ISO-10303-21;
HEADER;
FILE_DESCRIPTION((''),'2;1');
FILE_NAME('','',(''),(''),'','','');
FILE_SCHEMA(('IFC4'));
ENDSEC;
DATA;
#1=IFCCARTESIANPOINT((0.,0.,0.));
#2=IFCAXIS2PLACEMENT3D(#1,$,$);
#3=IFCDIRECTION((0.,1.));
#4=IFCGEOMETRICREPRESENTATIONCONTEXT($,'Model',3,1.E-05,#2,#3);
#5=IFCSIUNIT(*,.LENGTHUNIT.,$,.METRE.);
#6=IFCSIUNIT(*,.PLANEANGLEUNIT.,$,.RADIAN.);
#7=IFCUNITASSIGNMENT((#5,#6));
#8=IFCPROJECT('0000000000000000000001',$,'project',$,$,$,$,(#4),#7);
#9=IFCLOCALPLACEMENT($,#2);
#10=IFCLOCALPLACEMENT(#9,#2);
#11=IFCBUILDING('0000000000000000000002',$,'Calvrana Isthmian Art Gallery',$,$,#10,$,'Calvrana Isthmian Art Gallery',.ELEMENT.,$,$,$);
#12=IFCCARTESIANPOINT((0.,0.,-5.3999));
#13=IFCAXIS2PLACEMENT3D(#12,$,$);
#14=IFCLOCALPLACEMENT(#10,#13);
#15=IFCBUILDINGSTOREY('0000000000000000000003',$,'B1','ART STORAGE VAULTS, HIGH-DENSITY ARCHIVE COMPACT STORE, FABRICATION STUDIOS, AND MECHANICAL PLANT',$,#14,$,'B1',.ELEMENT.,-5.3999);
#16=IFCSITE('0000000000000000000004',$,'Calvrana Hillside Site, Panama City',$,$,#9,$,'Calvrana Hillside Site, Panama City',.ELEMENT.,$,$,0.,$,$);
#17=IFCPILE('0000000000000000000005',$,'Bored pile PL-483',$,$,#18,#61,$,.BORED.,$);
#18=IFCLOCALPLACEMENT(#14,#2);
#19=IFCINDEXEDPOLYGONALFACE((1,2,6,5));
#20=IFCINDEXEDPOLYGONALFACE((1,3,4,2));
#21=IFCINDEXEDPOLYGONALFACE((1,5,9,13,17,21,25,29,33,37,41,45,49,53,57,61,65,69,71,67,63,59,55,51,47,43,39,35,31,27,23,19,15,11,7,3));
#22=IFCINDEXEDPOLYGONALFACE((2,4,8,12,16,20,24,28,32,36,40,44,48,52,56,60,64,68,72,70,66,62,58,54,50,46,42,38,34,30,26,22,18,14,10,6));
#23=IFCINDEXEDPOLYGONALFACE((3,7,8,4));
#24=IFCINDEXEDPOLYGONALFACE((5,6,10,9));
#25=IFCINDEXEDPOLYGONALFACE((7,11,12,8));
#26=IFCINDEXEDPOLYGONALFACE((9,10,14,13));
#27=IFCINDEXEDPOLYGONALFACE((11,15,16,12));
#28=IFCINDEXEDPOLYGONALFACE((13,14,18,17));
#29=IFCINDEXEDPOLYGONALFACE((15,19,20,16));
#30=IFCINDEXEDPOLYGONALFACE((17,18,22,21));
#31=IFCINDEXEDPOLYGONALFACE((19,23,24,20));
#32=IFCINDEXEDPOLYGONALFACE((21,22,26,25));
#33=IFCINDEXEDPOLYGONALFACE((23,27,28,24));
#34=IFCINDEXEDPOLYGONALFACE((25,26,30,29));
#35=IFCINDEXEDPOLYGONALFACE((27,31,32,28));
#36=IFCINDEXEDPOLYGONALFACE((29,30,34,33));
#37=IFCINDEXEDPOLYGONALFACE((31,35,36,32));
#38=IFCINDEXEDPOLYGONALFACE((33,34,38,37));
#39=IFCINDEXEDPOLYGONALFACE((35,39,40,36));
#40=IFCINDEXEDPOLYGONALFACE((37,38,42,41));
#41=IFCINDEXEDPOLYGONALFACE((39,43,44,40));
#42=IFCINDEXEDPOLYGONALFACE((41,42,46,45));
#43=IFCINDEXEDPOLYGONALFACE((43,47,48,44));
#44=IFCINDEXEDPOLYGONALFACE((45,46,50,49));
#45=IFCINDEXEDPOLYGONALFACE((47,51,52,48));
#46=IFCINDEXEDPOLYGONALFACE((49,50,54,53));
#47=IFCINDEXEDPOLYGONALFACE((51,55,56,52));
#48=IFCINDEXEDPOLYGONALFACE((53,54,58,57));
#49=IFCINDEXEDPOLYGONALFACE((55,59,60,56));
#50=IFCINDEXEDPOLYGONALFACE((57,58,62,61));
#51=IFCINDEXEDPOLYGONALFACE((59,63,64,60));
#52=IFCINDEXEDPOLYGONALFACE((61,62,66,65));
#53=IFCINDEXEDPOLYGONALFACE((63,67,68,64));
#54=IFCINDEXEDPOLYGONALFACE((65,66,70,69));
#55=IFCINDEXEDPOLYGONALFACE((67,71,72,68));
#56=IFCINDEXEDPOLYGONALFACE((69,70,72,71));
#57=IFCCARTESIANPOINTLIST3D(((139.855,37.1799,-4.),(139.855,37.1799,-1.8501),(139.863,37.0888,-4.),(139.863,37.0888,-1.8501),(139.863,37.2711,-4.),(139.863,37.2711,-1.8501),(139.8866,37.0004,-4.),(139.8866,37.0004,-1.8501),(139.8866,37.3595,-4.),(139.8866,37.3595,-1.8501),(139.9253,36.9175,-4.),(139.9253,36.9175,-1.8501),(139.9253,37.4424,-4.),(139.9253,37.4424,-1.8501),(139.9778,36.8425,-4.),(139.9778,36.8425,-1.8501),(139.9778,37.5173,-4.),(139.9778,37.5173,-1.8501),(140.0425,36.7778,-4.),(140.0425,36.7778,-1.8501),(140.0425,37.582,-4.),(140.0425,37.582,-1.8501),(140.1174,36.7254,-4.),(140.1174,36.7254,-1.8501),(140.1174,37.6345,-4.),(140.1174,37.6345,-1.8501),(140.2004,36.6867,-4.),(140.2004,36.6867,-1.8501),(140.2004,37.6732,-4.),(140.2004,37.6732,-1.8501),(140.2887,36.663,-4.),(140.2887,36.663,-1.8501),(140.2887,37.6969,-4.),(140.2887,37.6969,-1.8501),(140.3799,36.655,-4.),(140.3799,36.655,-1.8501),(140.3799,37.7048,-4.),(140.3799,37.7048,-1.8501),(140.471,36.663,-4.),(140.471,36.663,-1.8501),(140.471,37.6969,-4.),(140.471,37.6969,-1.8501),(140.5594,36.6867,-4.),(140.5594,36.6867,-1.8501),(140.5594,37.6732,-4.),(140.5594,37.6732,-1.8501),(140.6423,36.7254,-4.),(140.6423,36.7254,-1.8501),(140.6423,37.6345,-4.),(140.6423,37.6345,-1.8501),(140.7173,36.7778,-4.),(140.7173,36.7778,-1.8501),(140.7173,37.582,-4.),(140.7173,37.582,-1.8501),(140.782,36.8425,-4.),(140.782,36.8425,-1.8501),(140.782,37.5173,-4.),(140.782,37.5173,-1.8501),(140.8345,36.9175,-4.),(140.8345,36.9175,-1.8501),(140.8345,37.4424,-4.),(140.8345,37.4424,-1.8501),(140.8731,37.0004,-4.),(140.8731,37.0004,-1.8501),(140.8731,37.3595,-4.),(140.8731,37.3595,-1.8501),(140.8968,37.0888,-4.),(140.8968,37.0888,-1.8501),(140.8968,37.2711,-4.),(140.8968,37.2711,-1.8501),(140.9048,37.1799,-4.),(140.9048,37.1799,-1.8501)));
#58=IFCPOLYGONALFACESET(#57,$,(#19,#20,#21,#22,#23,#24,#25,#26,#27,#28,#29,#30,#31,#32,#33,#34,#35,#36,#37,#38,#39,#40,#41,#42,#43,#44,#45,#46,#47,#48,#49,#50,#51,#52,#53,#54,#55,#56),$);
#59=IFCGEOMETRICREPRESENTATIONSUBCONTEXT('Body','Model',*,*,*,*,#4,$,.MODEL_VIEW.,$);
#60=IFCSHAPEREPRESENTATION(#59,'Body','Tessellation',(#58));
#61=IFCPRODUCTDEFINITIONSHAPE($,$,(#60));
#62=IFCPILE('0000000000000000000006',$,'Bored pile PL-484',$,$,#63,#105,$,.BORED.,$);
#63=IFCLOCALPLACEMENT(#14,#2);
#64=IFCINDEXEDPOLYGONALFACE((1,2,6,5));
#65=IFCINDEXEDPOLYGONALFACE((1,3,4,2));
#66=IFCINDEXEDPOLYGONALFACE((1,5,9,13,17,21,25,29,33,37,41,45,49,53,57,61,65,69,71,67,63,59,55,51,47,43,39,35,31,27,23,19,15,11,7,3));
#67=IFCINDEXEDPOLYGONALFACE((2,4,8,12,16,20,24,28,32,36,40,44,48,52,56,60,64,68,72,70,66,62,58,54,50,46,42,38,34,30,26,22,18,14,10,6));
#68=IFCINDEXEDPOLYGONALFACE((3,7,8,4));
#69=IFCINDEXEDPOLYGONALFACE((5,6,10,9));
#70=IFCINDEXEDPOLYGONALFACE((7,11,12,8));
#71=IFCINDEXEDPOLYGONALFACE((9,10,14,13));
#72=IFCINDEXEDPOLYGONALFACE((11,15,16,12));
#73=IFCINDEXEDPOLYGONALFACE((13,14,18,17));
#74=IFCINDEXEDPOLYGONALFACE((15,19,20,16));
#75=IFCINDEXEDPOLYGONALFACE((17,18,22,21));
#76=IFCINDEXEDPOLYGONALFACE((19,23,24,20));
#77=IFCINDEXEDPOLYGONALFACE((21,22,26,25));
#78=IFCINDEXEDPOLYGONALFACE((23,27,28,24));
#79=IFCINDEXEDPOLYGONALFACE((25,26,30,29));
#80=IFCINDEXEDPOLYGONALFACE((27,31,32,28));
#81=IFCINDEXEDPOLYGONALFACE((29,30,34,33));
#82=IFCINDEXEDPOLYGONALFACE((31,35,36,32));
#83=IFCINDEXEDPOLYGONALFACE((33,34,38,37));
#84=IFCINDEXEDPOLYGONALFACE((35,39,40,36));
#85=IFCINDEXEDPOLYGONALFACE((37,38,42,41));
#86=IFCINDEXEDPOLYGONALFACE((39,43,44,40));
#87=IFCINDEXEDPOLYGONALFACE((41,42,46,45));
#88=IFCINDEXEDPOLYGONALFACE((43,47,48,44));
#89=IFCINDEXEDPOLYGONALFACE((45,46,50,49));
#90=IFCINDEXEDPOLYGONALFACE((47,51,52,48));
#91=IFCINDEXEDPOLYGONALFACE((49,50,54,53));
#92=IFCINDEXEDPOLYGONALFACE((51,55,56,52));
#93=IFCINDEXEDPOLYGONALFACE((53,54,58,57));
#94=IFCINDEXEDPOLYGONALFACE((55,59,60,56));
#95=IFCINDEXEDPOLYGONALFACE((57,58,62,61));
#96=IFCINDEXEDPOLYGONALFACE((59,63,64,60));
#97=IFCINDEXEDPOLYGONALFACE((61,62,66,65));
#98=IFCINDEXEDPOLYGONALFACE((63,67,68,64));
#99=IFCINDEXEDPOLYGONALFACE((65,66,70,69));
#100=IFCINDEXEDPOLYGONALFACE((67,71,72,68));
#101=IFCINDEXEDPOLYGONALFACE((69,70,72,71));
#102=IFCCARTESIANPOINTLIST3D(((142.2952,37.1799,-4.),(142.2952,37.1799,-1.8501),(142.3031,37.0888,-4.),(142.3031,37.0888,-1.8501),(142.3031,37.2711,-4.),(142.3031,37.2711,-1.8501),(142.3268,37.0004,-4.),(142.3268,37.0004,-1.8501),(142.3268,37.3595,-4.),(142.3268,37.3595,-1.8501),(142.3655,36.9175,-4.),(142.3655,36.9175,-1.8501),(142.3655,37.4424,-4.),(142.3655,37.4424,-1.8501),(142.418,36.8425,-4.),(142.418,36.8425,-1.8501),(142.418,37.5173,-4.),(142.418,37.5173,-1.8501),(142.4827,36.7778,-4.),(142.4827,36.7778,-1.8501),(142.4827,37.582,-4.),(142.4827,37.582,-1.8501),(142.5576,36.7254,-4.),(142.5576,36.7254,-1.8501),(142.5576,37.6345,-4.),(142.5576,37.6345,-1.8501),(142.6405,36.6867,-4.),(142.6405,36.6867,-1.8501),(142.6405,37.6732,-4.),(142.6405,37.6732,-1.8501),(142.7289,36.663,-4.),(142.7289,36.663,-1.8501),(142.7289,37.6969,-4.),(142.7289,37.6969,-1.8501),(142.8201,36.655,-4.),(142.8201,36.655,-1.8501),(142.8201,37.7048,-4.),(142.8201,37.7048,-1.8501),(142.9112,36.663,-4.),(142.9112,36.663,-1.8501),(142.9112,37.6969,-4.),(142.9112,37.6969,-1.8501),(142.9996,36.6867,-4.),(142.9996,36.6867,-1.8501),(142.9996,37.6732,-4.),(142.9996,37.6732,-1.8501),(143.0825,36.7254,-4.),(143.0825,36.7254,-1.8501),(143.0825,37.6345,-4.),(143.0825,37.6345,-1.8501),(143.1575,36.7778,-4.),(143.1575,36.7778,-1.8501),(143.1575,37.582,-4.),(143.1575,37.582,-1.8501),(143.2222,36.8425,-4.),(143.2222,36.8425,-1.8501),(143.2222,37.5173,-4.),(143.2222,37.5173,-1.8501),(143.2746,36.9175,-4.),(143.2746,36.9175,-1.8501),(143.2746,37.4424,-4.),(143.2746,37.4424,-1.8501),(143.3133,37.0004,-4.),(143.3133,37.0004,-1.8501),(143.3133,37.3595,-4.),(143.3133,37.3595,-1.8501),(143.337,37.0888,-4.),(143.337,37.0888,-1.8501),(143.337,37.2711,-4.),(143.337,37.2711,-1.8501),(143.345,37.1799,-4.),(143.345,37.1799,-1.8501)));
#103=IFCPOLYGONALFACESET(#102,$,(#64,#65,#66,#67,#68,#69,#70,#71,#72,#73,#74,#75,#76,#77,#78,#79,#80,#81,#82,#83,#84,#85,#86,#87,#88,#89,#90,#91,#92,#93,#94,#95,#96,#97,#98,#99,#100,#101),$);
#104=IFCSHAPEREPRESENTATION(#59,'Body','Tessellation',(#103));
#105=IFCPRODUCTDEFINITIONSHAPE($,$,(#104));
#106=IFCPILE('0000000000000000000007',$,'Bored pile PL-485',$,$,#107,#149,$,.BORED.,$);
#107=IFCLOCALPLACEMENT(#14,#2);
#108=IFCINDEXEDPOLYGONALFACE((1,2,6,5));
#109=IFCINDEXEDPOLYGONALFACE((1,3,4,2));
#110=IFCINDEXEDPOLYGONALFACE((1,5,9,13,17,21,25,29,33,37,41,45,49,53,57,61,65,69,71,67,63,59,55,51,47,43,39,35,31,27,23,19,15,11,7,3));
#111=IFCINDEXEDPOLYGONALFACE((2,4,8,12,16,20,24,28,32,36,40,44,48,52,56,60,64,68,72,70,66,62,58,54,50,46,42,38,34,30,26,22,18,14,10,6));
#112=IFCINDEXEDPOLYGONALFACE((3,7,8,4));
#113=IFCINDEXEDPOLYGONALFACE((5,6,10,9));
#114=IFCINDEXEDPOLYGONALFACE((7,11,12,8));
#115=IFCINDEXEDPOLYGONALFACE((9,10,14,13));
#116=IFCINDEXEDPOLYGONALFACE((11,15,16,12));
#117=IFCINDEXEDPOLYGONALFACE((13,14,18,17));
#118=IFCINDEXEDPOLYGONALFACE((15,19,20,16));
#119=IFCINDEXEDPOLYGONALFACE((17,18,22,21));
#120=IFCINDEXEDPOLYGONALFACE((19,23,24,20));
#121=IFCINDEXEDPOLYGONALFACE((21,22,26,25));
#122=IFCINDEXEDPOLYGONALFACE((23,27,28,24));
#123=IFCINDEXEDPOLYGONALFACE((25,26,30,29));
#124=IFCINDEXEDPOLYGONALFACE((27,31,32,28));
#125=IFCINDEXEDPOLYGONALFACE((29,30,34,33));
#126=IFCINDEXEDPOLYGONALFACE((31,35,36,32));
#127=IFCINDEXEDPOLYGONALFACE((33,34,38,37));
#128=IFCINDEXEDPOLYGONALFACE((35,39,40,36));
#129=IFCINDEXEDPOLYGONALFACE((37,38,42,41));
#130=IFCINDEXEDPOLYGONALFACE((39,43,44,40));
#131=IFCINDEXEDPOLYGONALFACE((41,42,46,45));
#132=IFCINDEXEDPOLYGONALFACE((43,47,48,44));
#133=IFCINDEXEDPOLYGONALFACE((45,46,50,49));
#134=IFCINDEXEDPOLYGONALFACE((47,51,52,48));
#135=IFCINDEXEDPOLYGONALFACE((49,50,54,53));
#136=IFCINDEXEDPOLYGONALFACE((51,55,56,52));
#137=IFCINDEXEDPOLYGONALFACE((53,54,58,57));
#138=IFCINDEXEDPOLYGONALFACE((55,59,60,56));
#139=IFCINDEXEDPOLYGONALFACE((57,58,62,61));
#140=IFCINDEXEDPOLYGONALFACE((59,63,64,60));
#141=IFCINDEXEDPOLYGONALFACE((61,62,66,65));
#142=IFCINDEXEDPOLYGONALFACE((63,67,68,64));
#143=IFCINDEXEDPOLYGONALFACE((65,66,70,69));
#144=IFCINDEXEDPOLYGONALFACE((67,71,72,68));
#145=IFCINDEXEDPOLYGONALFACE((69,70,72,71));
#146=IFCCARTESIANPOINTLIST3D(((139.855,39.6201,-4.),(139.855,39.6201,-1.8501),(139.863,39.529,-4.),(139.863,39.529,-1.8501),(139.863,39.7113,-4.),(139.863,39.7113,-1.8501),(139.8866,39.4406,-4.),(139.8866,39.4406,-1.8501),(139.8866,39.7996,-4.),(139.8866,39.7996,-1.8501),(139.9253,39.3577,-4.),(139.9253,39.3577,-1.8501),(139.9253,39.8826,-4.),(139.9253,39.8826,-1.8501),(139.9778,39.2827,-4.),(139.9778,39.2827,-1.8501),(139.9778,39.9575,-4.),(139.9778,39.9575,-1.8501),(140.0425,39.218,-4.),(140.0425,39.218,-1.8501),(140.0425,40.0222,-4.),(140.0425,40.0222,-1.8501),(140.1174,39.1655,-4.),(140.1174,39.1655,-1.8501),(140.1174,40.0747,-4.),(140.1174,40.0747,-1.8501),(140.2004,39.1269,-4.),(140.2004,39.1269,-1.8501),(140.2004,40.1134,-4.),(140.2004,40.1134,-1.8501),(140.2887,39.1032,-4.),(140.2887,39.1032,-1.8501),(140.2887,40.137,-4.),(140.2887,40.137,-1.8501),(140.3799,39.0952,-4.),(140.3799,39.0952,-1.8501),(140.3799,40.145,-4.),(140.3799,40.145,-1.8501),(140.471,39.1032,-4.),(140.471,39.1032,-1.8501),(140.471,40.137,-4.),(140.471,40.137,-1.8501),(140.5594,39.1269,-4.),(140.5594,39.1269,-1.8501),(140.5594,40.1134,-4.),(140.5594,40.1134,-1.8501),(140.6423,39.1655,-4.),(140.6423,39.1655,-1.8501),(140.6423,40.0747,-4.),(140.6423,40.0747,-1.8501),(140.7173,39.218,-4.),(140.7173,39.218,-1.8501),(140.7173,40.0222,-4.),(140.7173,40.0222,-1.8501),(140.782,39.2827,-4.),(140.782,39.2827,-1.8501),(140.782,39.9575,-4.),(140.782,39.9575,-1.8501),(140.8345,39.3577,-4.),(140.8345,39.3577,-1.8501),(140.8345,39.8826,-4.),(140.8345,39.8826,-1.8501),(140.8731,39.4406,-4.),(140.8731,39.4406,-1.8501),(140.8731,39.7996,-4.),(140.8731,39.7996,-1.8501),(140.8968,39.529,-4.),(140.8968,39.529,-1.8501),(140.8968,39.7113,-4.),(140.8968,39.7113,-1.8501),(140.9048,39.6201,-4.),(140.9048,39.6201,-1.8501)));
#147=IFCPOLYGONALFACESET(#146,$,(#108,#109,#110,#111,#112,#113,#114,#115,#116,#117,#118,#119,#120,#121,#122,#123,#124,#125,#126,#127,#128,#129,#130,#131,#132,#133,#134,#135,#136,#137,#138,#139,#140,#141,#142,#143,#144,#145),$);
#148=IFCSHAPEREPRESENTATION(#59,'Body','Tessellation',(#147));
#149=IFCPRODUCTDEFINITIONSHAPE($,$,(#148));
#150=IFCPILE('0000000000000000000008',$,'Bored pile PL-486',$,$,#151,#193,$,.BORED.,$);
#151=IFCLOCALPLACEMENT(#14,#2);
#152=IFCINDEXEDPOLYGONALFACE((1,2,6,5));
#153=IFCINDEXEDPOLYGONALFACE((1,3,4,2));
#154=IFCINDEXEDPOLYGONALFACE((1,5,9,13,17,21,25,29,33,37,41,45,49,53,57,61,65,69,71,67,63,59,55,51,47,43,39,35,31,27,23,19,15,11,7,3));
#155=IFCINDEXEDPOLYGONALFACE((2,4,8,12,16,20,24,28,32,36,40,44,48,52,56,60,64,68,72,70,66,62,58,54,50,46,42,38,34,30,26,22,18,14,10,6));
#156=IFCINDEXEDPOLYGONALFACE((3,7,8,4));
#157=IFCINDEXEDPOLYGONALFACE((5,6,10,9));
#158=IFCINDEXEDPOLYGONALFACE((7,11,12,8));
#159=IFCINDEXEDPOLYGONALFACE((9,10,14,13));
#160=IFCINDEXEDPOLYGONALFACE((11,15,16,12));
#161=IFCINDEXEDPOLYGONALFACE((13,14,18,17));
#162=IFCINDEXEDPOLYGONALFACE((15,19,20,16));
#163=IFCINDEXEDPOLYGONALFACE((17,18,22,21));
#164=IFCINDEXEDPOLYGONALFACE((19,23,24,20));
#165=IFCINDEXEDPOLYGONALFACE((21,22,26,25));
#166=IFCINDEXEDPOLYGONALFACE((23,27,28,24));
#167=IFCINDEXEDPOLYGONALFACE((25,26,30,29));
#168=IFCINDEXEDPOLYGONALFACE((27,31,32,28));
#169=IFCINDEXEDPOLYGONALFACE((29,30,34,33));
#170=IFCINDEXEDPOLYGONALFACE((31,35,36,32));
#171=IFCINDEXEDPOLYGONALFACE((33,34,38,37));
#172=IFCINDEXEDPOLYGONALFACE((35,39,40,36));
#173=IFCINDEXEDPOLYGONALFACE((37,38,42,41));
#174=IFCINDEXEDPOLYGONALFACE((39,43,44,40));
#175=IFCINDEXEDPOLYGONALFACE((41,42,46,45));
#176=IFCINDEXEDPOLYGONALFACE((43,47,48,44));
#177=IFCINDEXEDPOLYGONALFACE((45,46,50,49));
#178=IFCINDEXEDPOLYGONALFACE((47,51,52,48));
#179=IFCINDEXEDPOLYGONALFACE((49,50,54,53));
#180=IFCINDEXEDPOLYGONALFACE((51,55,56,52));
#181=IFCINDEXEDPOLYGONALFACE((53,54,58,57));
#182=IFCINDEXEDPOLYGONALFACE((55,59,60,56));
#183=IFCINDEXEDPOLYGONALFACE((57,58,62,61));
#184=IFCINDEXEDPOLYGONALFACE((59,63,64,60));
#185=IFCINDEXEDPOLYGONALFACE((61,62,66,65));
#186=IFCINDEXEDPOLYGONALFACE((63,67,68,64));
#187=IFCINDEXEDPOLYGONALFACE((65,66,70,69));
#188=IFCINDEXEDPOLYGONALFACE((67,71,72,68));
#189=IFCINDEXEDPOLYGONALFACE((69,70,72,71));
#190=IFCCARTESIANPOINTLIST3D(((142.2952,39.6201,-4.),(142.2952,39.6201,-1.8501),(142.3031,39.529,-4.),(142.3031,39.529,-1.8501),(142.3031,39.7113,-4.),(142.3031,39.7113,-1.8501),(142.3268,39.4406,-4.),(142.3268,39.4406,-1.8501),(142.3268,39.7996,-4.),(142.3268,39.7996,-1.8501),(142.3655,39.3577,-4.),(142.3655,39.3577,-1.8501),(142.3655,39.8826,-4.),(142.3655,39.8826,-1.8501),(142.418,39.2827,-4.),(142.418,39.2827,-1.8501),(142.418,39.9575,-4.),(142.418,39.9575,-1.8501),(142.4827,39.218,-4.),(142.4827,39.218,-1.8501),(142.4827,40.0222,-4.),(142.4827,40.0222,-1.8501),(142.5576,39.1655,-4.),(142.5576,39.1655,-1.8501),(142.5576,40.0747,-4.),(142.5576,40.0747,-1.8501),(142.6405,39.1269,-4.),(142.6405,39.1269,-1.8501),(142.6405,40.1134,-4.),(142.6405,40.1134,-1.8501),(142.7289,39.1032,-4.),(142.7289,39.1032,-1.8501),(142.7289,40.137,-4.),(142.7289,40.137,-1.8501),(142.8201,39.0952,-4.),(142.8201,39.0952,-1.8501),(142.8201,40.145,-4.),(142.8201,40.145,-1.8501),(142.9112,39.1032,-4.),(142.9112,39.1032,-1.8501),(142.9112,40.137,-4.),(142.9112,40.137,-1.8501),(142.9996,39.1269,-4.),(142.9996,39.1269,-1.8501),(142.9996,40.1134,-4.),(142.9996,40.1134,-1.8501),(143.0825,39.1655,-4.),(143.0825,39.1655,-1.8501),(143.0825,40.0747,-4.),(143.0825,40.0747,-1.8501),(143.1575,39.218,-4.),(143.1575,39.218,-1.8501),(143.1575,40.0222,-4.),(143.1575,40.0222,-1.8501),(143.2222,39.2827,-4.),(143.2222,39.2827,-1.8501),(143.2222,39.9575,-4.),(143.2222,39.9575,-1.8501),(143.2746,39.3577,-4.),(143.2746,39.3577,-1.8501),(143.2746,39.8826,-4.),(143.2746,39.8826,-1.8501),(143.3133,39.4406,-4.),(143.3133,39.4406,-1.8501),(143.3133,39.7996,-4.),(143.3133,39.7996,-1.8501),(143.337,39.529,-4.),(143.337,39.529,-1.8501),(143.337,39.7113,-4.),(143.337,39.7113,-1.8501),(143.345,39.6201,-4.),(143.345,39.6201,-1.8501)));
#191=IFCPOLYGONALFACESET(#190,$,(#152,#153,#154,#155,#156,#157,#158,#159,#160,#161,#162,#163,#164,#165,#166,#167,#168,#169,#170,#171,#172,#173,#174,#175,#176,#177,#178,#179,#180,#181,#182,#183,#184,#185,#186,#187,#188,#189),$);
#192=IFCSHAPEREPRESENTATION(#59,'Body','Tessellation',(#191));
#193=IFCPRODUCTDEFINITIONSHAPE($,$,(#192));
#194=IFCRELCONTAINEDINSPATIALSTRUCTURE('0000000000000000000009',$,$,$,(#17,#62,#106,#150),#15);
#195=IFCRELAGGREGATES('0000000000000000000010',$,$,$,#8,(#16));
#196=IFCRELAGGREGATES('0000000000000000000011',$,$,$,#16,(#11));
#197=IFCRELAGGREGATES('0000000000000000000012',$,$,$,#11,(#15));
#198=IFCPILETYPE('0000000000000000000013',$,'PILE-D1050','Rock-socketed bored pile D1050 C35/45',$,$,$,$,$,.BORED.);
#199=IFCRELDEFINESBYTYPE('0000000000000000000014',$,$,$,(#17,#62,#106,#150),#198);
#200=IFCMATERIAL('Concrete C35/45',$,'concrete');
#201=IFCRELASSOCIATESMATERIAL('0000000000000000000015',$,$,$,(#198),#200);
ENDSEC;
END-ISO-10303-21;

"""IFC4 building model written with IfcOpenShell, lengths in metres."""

from ifc_helpers import new_model, si_unit, direction, frame, origin, origin_2d, place, context, subcontext, project, spatial, circle, extrude, material, material_profile, profile_set, type_object, element, save


model = new_model("IFC4")

# Units and contexts
model_context = context("Model", 3, precision=1e-05, world=origin(), true_north=direction((0.0, 1.0)))
body_context = subcontext(model_context, "Body", "Model", "MODEL_VIEW")
ifc_project = project(units=[si_unit("LENGTHUNIT", "METRE"), si_unit("PLANEANGLEUNIT", "RADIAN")], contexts=[model_context])

# Site, building, storey
site_placement = place(None, origin())
site = spatial("IfcSite", under=ifc_project, at=site_placement, Name="Calvrana Hillside Site, Panama City", LongName="Calvrana Hillside Site, Panama City", CompositionType="ELEMENT", RefElevation=0.0)
building_placement = place(site_placement, origin())
building = spatial("IfcBuilding", under=site, at=building_placement, Name="Calvrana Isthmian Art Gallery", LongName="Calvrana Isthmian Art Gallery", CompositionType="ELEMENT")
storey_placement = place(building_placement, frame((0.0, 0.0, -5.3999)))
storey = spatial("IfcBuildingStorey", under=building, at=storey_placement, Name="B1", Description="ART STORAGE VAULTS, HIGH-DENSITY ARCHIVE COMPACT STORE, FABRICATION STUDIOS, AND MECHANICAL PLANT", LongName="B1", CompositionType="ELEMENT", Elevation=-5.3999)

# Shared definitions
ifc_material_1 = material(Name="Concrete C35/45", Category="concrete")

# Piles
ifc_material_profile_1 = material_profile(ifc_material_1, circle(Radius=0.5249, at=origin_2d()), Name="PILE1050D")
ifc_profile_set_1 = profile_set([ifc_material_profile_1], Name="Concrete C35/45")
pile_type_1 = type_object("IfcPileType", Name="PILE-D1050", Description="Rock-socketed bored pile D1050 C35/45", PredefinedType="BORED", material=ifc_profile_set_1)
for number, where, z_axis, x_axis, name in (
    (1, (140.3799, 37.1799, -1.8501), (0.0, 0.0, -1.0), (1.0, 0.0, 0.0), "Bored pile PL-483"),
    (2, (142.8201, 37.1799, -1.8501), (0.0, 0.0, -1.0), (1.0, 0.0, 0.0), "Bored pile PL-484"),
    (3, (140.3799, 39.6201, -1.8501), (0.0, 0.0, -1.0), (1.0, 0.0, 0.0), "Bored pile PL-485"),
    (4, (142.8201, 39.6201, -1.8501), (0.0, 0.0, -1.0), (1.0, 0.0, 0.0), "Bored pile PL-486"),
):
    element("IfcPile", number, at=place(storey_placement, frame(where, z_axis=z_axis, x_axis=x_axis)), inside=storey, type_object=pile_type_1, Name=name, PredefinedType="BORED", context=body_context, shape_type="SweptSolid", body=[
        extrude(circle(Radius=0.5249, at=origin_2d()), origin(), (0.0, 0.0, 1.0), 2.1499),
    ])

save(model, "model.ifc")
